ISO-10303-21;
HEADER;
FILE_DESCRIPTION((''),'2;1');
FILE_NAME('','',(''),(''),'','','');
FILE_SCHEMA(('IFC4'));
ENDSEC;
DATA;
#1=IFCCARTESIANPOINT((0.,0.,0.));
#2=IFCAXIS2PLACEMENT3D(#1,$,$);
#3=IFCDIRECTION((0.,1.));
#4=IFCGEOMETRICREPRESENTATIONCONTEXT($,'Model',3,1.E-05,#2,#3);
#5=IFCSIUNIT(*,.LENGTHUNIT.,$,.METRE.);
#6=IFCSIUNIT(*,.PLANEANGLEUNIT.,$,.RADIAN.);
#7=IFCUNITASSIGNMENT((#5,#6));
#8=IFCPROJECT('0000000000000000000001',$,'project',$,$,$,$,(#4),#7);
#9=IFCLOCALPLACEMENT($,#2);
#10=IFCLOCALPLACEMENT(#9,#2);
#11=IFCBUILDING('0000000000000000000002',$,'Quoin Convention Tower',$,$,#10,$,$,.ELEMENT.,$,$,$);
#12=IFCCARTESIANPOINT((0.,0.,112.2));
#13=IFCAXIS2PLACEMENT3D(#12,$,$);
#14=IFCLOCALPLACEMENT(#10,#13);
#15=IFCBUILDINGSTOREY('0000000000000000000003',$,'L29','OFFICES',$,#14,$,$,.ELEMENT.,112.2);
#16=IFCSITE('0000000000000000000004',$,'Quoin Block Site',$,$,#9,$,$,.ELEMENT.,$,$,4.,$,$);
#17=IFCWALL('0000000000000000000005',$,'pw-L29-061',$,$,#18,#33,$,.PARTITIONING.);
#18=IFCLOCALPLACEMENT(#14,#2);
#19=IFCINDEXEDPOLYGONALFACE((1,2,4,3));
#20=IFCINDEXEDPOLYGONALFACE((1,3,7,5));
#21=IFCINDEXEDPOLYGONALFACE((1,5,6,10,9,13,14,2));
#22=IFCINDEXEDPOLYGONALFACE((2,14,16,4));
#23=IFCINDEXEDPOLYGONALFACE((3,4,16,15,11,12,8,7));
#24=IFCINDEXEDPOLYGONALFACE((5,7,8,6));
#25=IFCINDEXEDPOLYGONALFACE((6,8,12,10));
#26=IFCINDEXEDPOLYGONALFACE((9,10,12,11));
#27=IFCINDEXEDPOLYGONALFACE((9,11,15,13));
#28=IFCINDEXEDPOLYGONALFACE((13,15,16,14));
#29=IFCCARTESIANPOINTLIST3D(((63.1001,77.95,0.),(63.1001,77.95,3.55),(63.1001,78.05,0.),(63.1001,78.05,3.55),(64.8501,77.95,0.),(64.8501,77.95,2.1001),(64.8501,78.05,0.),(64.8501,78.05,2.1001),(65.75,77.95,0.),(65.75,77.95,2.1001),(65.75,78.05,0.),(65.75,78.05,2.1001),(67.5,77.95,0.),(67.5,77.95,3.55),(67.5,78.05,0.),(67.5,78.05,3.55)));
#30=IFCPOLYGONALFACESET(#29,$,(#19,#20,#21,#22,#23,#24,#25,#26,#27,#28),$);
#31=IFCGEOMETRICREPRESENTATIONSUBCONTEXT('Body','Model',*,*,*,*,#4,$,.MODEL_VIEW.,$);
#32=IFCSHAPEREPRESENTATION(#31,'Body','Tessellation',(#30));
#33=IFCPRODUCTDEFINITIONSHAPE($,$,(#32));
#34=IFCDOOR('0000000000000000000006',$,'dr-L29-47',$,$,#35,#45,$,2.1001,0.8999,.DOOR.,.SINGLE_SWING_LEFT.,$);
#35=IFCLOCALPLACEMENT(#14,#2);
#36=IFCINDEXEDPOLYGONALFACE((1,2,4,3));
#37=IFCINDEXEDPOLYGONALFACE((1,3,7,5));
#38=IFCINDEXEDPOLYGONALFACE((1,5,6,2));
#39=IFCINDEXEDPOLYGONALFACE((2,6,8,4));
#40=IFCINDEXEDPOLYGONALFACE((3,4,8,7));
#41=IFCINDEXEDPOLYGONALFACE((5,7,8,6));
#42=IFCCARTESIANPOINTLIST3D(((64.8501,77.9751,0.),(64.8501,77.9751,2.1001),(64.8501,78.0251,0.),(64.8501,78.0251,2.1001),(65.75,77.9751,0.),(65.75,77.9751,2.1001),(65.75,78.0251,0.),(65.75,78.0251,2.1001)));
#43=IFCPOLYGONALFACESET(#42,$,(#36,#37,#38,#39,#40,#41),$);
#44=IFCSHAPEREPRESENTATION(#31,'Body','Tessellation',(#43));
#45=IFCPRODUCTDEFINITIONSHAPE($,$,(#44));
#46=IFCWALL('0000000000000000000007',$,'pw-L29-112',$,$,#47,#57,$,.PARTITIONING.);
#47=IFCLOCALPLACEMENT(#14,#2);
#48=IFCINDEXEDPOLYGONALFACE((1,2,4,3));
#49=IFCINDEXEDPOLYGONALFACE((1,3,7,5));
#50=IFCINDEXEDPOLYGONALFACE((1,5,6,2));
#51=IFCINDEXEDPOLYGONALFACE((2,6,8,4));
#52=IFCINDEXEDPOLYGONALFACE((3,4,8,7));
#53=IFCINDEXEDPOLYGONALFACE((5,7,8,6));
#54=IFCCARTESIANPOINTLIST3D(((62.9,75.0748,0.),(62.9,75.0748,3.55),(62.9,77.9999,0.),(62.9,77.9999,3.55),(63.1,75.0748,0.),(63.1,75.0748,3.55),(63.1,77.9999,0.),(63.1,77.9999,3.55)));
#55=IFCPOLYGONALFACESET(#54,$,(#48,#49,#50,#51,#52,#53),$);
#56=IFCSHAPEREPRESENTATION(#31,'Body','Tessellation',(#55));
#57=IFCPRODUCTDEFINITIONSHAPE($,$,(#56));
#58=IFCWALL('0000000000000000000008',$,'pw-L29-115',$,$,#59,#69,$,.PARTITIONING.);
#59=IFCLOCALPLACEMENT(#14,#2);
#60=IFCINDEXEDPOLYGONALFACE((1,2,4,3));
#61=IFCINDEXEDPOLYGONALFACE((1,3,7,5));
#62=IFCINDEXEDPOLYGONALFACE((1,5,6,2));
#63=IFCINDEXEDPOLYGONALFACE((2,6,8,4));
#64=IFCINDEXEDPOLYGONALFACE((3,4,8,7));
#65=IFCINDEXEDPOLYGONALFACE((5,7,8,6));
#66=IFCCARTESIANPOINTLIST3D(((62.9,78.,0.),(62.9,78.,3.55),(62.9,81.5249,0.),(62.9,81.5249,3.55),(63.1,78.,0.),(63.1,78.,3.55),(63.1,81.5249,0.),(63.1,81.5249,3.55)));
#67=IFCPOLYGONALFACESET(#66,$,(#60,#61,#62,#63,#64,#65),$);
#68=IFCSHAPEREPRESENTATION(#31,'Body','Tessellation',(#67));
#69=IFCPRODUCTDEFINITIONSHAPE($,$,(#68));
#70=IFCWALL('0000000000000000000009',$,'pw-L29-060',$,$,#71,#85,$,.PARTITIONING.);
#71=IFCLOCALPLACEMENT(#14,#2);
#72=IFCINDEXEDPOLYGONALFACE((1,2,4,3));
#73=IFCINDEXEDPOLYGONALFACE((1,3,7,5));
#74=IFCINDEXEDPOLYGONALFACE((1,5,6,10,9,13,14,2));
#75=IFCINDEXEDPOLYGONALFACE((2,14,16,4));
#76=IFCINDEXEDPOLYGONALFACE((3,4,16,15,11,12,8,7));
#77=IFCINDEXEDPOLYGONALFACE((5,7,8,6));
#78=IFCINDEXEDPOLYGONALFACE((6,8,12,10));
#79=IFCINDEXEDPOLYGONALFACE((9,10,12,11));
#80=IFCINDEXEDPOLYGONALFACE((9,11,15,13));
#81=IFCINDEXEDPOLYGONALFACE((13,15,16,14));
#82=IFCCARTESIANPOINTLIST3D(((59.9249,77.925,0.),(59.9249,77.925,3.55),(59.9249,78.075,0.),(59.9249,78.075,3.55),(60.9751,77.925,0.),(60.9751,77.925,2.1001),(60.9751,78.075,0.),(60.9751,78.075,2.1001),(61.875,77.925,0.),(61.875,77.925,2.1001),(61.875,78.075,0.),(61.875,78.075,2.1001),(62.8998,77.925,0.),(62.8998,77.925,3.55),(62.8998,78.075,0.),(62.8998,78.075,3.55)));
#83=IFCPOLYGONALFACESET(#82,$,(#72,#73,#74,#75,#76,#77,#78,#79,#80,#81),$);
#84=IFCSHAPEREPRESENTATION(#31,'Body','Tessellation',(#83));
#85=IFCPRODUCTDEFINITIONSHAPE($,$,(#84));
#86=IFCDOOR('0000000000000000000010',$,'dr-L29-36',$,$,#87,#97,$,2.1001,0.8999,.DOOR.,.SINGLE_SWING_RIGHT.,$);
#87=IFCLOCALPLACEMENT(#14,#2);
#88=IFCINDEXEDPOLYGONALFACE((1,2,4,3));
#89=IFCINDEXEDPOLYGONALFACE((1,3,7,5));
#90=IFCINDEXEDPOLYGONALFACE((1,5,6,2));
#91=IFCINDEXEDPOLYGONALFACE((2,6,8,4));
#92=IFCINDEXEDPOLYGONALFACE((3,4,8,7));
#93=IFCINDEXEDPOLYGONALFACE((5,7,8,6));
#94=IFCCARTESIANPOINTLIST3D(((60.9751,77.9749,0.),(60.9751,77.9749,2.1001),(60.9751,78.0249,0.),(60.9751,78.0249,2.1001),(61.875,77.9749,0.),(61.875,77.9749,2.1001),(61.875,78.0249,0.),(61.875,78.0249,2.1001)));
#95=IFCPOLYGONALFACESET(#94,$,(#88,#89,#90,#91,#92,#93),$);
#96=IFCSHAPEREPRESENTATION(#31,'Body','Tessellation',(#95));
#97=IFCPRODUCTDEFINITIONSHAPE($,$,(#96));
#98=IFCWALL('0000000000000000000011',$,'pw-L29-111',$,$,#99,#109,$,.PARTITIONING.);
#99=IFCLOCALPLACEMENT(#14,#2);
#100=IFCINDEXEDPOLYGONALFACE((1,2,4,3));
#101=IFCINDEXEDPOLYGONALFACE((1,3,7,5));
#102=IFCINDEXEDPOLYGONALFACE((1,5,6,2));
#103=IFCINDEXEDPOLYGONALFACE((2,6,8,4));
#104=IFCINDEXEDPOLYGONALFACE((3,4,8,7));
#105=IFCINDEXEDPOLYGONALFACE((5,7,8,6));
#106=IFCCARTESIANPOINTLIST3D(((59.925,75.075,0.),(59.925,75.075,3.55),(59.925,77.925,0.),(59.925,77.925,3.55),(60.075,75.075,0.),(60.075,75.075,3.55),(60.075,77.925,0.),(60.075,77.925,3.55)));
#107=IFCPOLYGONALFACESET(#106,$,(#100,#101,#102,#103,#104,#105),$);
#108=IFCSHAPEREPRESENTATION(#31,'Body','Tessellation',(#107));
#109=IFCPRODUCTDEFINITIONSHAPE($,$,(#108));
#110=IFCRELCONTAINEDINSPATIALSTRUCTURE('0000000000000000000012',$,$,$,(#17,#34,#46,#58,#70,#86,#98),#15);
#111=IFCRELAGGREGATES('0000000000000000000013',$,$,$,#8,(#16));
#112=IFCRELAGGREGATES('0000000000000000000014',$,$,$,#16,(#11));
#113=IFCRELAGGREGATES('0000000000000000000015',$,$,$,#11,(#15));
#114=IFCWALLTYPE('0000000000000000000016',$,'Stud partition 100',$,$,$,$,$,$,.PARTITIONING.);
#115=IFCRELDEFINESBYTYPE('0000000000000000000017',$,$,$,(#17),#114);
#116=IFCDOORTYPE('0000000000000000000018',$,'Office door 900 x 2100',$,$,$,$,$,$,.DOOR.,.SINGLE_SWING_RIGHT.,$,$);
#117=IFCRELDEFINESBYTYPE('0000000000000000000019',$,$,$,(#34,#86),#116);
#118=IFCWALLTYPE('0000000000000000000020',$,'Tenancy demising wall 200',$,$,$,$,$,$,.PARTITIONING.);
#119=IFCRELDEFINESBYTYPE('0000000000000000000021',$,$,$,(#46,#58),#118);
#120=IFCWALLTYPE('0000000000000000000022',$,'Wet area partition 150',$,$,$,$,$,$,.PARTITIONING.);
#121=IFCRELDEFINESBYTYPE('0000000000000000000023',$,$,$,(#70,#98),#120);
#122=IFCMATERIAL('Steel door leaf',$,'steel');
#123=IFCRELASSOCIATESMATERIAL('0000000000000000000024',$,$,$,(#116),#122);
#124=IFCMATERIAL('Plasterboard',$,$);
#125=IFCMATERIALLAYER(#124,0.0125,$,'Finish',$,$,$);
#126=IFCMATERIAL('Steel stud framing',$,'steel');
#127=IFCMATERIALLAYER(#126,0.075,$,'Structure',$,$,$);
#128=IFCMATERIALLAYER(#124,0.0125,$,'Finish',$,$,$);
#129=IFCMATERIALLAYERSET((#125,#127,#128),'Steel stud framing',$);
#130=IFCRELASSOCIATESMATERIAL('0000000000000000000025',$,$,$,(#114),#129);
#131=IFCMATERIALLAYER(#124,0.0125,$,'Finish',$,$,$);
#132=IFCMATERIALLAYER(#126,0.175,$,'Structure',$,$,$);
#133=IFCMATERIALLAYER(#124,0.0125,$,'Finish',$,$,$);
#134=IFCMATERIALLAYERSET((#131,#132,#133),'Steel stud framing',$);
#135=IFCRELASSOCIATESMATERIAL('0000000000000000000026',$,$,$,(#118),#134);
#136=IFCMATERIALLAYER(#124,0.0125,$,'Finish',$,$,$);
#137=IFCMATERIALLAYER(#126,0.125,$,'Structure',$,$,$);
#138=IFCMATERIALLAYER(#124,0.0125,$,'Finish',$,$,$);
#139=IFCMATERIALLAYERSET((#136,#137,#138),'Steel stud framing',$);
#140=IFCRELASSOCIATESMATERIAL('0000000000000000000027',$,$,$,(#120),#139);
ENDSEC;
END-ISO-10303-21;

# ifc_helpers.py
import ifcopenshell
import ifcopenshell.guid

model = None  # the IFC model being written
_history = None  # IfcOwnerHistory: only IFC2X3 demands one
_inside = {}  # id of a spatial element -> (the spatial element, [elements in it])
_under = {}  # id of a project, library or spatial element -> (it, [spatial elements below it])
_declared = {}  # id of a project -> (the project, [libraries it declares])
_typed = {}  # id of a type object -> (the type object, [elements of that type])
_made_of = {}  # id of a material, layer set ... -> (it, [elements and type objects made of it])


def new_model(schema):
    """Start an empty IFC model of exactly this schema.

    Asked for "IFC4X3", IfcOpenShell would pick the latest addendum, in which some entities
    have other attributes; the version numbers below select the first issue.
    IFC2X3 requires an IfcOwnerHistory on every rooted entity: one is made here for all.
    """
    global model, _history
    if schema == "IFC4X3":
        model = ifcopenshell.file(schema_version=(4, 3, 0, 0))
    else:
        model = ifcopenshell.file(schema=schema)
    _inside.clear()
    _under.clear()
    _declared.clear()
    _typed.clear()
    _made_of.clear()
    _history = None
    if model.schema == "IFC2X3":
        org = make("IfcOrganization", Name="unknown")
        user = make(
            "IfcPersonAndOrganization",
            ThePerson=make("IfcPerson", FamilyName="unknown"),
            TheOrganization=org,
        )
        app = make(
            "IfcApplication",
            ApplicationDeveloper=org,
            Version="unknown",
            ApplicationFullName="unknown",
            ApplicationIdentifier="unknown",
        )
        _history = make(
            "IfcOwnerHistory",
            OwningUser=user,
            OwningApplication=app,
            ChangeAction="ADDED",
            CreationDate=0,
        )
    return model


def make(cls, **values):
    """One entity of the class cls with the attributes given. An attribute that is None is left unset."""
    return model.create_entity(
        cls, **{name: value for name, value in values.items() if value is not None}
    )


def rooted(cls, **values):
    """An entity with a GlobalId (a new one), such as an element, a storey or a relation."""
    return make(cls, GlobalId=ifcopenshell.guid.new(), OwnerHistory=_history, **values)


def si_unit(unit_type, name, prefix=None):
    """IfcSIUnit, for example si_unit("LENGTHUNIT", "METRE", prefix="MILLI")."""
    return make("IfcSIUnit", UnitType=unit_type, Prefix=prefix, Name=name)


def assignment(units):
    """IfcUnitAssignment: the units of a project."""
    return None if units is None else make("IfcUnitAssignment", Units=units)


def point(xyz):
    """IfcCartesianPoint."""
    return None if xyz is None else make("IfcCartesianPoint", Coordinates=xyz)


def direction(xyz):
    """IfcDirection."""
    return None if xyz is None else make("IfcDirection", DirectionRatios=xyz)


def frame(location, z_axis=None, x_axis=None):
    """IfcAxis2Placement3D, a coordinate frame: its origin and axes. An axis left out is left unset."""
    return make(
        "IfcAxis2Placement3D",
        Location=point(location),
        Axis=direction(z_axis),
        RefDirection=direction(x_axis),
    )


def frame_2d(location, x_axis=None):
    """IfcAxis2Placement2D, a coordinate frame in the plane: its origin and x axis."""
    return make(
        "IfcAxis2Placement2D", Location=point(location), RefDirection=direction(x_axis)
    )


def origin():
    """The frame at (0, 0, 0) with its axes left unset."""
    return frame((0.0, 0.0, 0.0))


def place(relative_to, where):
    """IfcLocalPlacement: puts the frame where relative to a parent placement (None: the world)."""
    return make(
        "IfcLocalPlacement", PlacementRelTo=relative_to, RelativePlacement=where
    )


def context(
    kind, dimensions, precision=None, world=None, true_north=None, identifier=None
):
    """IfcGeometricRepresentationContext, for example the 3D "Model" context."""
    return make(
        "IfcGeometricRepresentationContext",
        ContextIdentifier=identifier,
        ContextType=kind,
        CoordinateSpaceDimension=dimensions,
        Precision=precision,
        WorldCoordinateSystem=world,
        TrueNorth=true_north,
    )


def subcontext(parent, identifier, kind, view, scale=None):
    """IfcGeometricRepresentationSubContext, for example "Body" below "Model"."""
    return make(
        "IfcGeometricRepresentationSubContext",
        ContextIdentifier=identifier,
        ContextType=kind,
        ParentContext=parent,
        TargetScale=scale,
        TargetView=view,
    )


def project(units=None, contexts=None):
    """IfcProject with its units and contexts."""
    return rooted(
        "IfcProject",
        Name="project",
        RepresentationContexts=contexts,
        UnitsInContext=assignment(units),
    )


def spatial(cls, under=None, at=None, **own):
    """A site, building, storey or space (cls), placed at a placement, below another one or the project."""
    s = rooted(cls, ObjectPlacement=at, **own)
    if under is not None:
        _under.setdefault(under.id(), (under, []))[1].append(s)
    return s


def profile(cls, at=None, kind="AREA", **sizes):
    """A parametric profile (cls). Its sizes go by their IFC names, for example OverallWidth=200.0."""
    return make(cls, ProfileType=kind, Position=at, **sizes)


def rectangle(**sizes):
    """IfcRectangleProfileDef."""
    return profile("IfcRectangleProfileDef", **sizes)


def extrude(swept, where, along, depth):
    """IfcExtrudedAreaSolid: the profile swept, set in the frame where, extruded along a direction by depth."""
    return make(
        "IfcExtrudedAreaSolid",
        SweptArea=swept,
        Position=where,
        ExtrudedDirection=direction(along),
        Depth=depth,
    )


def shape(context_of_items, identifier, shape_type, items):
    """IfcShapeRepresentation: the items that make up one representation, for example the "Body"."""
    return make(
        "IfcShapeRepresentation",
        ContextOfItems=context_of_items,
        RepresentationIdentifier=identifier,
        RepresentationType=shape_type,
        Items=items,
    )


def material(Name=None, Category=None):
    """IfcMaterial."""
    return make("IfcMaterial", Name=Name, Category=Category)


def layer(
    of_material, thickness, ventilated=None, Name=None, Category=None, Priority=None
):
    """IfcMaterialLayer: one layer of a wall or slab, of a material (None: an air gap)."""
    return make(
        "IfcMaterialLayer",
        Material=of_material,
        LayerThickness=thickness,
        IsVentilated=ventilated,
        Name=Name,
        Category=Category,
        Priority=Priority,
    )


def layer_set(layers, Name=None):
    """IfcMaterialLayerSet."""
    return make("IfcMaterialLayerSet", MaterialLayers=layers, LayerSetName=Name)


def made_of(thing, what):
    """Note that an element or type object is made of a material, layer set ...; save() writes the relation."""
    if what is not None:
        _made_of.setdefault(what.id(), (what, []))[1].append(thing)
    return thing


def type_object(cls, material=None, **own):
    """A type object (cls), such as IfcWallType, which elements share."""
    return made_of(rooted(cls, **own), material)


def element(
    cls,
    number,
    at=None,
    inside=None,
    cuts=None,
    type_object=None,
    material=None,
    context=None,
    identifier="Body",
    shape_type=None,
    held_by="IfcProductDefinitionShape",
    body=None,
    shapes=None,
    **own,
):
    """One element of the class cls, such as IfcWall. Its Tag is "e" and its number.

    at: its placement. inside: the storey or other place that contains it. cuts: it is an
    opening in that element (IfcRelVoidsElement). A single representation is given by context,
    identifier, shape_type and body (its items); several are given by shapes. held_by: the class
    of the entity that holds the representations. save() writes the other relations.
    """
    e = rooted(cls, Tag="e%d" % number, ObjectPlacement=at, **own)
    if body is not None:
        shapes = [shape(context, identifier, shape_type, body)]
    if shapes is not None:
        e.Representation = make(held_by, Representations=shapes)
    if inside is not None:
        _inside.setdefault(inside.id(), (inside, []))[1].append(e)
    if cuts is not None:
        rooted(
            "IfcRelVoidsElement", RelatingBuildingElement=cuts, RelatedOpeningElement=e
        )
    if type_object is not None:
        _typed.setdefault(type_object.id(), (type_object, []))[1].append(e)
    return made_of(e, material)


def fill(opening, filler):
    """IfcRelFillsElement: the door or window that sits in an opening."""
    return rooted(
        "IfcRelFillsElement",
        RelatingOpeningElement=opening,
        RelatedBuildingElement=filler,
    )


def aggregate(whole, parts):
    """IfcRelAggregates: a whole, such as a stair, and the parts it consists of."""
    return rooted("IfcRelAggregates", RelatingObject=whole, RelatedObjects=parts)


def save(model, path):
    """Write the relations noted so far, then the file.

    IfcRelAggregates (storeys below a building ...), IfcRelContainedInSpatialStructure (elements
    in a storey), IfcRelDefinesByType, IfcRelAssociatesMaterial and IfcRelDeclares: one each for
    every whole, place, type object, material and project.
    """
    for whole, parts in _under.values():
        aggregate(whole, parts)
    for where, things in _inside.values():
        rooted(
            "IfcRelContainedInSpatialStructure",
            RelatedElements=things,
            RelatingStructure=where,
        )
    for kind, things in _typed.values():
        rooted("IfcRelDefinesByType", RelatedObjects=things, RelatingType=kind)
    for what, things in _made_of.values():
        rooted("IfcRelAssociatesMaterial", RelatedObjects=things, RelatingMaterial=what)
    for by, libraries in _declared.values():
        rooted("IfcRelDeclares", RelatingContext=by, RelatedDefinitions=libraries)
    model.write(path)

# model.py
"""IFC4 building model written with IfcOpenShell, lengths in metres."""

from ifc_helpers import new_model, si_unit, direction, frame, frame_2d, origin, place, context, subcontext, project, spatial, rectangle, extrude, material, layer, layer_set, type_object, element, fill, save


model = new_model("IFC4")

# Units and contexts
model_context = context("Model", 3, precision=1e-05, world=origin(), true_north=direction((0.0, 1.0)))
body_context = subcontext(model_context, "Body", "Model", "MODEL_VIEW")
ifc_project = project(units=[si_unit("LENGTHUNIT", "METRE"), si_unit("PLANEANGLEUNIT", "RADIAN")], contexts=[model_context])

# Site, building, storey
site_placement = place(None, origin())
site = spatial("IfcSite", under=ifc_project, at=site_placement, Name="Quoin Block Site", CompositionType="ELEMENT", RefElevation=4.0)
building_placement = place(site_placement, origin())
building = spatial("IfcBuilding", under=site, at=building_placement, Name="Quoin Convention Tower", CompositionType="ELEMENT")
storey_placement = place(building_placement, frame((0.0, 0.0, 112.2)))
storey = spatial("IfcBuildingStorey", under=building, at=storey_placement, Name="L29", Description="OFFICES", CompositionType="ELEMENT", Elevation=112.2)

# Shared definitions
ifc_material_1 = material(Name="Plasterboard")
ifc_material_2 = material(Name="Steel stud framing", Category="steel")
ifc_material_3 = material(Name="Steel door leaf", Category="steel")
door_type_1 = type_object("IfcDoorType", Name="Office door 900 x 2100", OperationType="SINGLE_SWING_RIGHT", PredefinedType="DOOR", material=ifc_material_3)

# Wall, opening, door
ifc_layer_1 = layer(ifc_material_1, 0.0125, Name="Finish")
ifc_layer_2 = layer(ifc_material_2, 0.075, Name="Structure")
ifc_layer_3 = layer(ifc_material_1, 0.0125, Name="Finish")
ifc_layer_set_1 = layer_set([ifc_layer_1, ifc_layer_2, ifc_layer_3], Name="Steel stud framing")
wall_type_1 = type_object("IfcWallType", Name="Stud partition 100", PredefinedType="PARTITIONING", material=ifc_layer_set_1)
wall_1_placement = place(storey_placement, frame((63.1001, 78.0, 0.0), z_axis=(0.0, 0.0, 1.0), x_axis=(1.0, 0.0, 0.0)))
wall_1 = element("IfcWall", 1, at=wall_1_placement, inside=storey, type_object=wall_type_1, Name="pw-L29-061", PredefinedType="PARTITIONING", context=body_context, shape_type="SweptSolid", body=[
    extrude(rectangle(XDim=4.3999, YDim=0.1001, at=frame_2d((2.2, 0.0))), origin(), (0.0, 0.0, 1.0), 3.55),
])
opening_1_placement = place(wall_1_placement, frame((1.75, 0.0, 0.0)))
opening_1 = element("IfcOpeningElement", 2, at=opening_1_placement, cuts=wall_1, PredefinedType="OPENING", context=body_context, shape_type="SweptSolid", body=[
    extrude(rectangle(XDim=0.8999, YDim=2.1001, at=frame_2d((0.45, 1.05))), frame((0.0, 0.0601, 0.0), z_axis=(0.0, -1.0, 0.0), x_axis=(1.0, 0.0, 0.0)), (0.0, 0.0, 1.0), 0.1201),
])
door_1_placement = place(opening_1_placement, frame((0.8999, 0.0, 0.0), z_axis=(0.0, 0.0, 1.0), x_axis=(-1.0, 0.0, 0.0)))
door_1 = element("IfcDoor", 3, at=door_1_placement, inside=storey, type_object=door_type_1, Name="dr-L29-47", OperationType="SINGLE_SWING_LEFT", OverallHeight=2.1001, OverallWidth=0.8999, PredefinedType="DOOR", context=body_context, shape_type="SweptSolid", body=[
    extrude(rectangle(XDim=0.8999, YDim=2.1001, at=frame_2d((0.45, 1.05))), frame((0.0, 0.0249, 0.0), z_axis=(0.0, -1.0, 0.0), x_axis=(1.0, 0.0, 0.0)), (0.0, 0.0, 1.0), 0.05),
])
fill(opening_1, door_1)

# Walls
ifc_layer_4 = layer(ifc_material_1, 0.0125, Name="Finish")
ifc_layer_5 = layer(ifc_material_2, 0.175, Name="Structure")
ifc_layer_6 = layer(ifc_material_1, 0.0125, Name="Finish")
ifc_layer_set_2 = layer_set([ifc_layer_4, ifc_layer_5, ifc_layer_6], Name="Steel stud framing")
wall_type_2 = type_object("IfcWallType", Name="Tenancy demising wall 200", PredefinedType="PARTITIONING", material=ifc_layer_set_2)
wall_2_placement = place(storey_placement, frame((63.0, 75.075, 0.0), z_axis=(0.0, 0.0, 1.0), x_axis=(0.0, 1.0, 0.0)))
element("IfcWall", 4, at=wall_2_placement, inside=storey, type_object=wall_type_2, Name="pw-L29-112", PredefinedType="PARTITIONING", context=body_context, shape_type="SweptSolid", body=[
    extrude(rectangle(XDim=2.925, YDim=0.2, at=frame_2d((1.4624, 0.0))), origin(), (0.0, 0.0, 1.0), 3.55),
])
wall_3_placement = place(storey_placement, frame((63.0, 78.0, 0.0), z_axis=(0.0, 0.0, 1.0), x_axis=(0.0, 1.0, 0.0)))
element("IfcWall", 5, at=wall_3_placement, inside=storey, type_object=wall_type_2, Name="pw-L29-115", PredefinedType="PARTITIONING", context=body_context, shape_type="SweptSolid", body=[
    extrude(rectangle(XDim=3.5249, YDim=0.2, at=frame_2d((1.7625, 0.0))), origin(), (0.0, 0.0, 1.0), 3.55),
])

# Wall, opening, door
ifc_layer_7 = layer(ifc_material_1, 0.0125, Name="Finish")
ifc_layer_8 = layer(ifc_material_2, 0.125, Name="Structure")
ifc_layer_9 = layer(ifc_material_1, 0.0125, Name="Finish")
ifc_layer_set_3 = layer_set([ifc_layer_7, ifc_layer_8, ifc_layer_9], Name="Steel stud framing")
wall_type_3 = type_object("IfcWallType", Name="Wet area partition 150", PredefinedType="PARTITIONING", material=ifc_layer_set_3)
wall_4_placement = place(storey_placement, frame((59.925, 78.0, 0.0), z_axis=(0.0, 0.0, 1.0), x_axis=(1.0, 0.0, 0.0)))
wall_4 = element("IfcWall", 6, at=wall_4_placement, inside=storey, type_object=wall_type_3, Name="pw-L29-060", PredefinedType="PARTITIONING", context=body_context, shape_type="SweptSolid", body=[
    extrude(rectangle(XDim=2.9749, YDim=0.1499, at=frame_2d((1.4873, 0.0))), origin(), (0.0, 0.0, 1.0), 3.55),
])
opening_2_placement = place(wall_4_placement, frame((1.05, 0.0, 0.0)))
opening_2 = element("IfcOpeningElement", 7, at=opening_2_placement, cuts=wall_4, PredefinedType="OPENING", context=body_context, shape_type="SweptSolid", body=[
    extrude(rectangle(XDim=0.8999, YDim=2.1001, at=frame_2d((0.45, 1.05))), frame((0.0, 0.085, 0.0), z_axis=(0.0, -1.0, 0.0), x_axis=(1.0, 0.0, 0.0)), (0.0, 0.0, 1.0), 0.1699),
])
door_2_placement = place(opening_2_placement, origin())
door_2 = element("IfcDoor", 8, at=door_2_placement, inside=storey, type_object=door_type_1, Name="dr-L29-36", OperationType="SINGLE_SWING_RIGHT", OverallHeight=2.1001, OverallWidth=0.8999, PredefinedType="DOOR", context=body_context, shape_type="SweptSolid", body=[
    extrude(rectangle(XDim=0.8999, YDim=2.1001, at=frame_2d((0.45, 1.05))), frame((0.0, 0.0249, 0.0), z_axis=(0.0, -1.0, 0.0), x_axis=(1.0, 0.0, 0.0)), (0.0, 0.0, 1.0), 0.05),
])
fill(opening_2, door_2)

# Wall
wall_5_placement = place(storey_placement, frame((60.0, 75.075, 0.0), z_axis=(0.0, 0.0, 1.0), x_axis=(0.0, 1.0, 0.0)))
element("IfcWall", 9, at=wall_5_placement, inside=storey, type_object=wall_type_3, Name="pw-L29-111", PredefinedType="PARTITIONING", context=body_context, shape_type="SweptSolid", body=[
    extrude(rectangle(XDim=2.8501, YDim=0.1499, at=frame_2d((1.425, 0.0))), origin(), (0.0, 0.0, 1.0), 3.55),
])

save(model, "model.ifc")
